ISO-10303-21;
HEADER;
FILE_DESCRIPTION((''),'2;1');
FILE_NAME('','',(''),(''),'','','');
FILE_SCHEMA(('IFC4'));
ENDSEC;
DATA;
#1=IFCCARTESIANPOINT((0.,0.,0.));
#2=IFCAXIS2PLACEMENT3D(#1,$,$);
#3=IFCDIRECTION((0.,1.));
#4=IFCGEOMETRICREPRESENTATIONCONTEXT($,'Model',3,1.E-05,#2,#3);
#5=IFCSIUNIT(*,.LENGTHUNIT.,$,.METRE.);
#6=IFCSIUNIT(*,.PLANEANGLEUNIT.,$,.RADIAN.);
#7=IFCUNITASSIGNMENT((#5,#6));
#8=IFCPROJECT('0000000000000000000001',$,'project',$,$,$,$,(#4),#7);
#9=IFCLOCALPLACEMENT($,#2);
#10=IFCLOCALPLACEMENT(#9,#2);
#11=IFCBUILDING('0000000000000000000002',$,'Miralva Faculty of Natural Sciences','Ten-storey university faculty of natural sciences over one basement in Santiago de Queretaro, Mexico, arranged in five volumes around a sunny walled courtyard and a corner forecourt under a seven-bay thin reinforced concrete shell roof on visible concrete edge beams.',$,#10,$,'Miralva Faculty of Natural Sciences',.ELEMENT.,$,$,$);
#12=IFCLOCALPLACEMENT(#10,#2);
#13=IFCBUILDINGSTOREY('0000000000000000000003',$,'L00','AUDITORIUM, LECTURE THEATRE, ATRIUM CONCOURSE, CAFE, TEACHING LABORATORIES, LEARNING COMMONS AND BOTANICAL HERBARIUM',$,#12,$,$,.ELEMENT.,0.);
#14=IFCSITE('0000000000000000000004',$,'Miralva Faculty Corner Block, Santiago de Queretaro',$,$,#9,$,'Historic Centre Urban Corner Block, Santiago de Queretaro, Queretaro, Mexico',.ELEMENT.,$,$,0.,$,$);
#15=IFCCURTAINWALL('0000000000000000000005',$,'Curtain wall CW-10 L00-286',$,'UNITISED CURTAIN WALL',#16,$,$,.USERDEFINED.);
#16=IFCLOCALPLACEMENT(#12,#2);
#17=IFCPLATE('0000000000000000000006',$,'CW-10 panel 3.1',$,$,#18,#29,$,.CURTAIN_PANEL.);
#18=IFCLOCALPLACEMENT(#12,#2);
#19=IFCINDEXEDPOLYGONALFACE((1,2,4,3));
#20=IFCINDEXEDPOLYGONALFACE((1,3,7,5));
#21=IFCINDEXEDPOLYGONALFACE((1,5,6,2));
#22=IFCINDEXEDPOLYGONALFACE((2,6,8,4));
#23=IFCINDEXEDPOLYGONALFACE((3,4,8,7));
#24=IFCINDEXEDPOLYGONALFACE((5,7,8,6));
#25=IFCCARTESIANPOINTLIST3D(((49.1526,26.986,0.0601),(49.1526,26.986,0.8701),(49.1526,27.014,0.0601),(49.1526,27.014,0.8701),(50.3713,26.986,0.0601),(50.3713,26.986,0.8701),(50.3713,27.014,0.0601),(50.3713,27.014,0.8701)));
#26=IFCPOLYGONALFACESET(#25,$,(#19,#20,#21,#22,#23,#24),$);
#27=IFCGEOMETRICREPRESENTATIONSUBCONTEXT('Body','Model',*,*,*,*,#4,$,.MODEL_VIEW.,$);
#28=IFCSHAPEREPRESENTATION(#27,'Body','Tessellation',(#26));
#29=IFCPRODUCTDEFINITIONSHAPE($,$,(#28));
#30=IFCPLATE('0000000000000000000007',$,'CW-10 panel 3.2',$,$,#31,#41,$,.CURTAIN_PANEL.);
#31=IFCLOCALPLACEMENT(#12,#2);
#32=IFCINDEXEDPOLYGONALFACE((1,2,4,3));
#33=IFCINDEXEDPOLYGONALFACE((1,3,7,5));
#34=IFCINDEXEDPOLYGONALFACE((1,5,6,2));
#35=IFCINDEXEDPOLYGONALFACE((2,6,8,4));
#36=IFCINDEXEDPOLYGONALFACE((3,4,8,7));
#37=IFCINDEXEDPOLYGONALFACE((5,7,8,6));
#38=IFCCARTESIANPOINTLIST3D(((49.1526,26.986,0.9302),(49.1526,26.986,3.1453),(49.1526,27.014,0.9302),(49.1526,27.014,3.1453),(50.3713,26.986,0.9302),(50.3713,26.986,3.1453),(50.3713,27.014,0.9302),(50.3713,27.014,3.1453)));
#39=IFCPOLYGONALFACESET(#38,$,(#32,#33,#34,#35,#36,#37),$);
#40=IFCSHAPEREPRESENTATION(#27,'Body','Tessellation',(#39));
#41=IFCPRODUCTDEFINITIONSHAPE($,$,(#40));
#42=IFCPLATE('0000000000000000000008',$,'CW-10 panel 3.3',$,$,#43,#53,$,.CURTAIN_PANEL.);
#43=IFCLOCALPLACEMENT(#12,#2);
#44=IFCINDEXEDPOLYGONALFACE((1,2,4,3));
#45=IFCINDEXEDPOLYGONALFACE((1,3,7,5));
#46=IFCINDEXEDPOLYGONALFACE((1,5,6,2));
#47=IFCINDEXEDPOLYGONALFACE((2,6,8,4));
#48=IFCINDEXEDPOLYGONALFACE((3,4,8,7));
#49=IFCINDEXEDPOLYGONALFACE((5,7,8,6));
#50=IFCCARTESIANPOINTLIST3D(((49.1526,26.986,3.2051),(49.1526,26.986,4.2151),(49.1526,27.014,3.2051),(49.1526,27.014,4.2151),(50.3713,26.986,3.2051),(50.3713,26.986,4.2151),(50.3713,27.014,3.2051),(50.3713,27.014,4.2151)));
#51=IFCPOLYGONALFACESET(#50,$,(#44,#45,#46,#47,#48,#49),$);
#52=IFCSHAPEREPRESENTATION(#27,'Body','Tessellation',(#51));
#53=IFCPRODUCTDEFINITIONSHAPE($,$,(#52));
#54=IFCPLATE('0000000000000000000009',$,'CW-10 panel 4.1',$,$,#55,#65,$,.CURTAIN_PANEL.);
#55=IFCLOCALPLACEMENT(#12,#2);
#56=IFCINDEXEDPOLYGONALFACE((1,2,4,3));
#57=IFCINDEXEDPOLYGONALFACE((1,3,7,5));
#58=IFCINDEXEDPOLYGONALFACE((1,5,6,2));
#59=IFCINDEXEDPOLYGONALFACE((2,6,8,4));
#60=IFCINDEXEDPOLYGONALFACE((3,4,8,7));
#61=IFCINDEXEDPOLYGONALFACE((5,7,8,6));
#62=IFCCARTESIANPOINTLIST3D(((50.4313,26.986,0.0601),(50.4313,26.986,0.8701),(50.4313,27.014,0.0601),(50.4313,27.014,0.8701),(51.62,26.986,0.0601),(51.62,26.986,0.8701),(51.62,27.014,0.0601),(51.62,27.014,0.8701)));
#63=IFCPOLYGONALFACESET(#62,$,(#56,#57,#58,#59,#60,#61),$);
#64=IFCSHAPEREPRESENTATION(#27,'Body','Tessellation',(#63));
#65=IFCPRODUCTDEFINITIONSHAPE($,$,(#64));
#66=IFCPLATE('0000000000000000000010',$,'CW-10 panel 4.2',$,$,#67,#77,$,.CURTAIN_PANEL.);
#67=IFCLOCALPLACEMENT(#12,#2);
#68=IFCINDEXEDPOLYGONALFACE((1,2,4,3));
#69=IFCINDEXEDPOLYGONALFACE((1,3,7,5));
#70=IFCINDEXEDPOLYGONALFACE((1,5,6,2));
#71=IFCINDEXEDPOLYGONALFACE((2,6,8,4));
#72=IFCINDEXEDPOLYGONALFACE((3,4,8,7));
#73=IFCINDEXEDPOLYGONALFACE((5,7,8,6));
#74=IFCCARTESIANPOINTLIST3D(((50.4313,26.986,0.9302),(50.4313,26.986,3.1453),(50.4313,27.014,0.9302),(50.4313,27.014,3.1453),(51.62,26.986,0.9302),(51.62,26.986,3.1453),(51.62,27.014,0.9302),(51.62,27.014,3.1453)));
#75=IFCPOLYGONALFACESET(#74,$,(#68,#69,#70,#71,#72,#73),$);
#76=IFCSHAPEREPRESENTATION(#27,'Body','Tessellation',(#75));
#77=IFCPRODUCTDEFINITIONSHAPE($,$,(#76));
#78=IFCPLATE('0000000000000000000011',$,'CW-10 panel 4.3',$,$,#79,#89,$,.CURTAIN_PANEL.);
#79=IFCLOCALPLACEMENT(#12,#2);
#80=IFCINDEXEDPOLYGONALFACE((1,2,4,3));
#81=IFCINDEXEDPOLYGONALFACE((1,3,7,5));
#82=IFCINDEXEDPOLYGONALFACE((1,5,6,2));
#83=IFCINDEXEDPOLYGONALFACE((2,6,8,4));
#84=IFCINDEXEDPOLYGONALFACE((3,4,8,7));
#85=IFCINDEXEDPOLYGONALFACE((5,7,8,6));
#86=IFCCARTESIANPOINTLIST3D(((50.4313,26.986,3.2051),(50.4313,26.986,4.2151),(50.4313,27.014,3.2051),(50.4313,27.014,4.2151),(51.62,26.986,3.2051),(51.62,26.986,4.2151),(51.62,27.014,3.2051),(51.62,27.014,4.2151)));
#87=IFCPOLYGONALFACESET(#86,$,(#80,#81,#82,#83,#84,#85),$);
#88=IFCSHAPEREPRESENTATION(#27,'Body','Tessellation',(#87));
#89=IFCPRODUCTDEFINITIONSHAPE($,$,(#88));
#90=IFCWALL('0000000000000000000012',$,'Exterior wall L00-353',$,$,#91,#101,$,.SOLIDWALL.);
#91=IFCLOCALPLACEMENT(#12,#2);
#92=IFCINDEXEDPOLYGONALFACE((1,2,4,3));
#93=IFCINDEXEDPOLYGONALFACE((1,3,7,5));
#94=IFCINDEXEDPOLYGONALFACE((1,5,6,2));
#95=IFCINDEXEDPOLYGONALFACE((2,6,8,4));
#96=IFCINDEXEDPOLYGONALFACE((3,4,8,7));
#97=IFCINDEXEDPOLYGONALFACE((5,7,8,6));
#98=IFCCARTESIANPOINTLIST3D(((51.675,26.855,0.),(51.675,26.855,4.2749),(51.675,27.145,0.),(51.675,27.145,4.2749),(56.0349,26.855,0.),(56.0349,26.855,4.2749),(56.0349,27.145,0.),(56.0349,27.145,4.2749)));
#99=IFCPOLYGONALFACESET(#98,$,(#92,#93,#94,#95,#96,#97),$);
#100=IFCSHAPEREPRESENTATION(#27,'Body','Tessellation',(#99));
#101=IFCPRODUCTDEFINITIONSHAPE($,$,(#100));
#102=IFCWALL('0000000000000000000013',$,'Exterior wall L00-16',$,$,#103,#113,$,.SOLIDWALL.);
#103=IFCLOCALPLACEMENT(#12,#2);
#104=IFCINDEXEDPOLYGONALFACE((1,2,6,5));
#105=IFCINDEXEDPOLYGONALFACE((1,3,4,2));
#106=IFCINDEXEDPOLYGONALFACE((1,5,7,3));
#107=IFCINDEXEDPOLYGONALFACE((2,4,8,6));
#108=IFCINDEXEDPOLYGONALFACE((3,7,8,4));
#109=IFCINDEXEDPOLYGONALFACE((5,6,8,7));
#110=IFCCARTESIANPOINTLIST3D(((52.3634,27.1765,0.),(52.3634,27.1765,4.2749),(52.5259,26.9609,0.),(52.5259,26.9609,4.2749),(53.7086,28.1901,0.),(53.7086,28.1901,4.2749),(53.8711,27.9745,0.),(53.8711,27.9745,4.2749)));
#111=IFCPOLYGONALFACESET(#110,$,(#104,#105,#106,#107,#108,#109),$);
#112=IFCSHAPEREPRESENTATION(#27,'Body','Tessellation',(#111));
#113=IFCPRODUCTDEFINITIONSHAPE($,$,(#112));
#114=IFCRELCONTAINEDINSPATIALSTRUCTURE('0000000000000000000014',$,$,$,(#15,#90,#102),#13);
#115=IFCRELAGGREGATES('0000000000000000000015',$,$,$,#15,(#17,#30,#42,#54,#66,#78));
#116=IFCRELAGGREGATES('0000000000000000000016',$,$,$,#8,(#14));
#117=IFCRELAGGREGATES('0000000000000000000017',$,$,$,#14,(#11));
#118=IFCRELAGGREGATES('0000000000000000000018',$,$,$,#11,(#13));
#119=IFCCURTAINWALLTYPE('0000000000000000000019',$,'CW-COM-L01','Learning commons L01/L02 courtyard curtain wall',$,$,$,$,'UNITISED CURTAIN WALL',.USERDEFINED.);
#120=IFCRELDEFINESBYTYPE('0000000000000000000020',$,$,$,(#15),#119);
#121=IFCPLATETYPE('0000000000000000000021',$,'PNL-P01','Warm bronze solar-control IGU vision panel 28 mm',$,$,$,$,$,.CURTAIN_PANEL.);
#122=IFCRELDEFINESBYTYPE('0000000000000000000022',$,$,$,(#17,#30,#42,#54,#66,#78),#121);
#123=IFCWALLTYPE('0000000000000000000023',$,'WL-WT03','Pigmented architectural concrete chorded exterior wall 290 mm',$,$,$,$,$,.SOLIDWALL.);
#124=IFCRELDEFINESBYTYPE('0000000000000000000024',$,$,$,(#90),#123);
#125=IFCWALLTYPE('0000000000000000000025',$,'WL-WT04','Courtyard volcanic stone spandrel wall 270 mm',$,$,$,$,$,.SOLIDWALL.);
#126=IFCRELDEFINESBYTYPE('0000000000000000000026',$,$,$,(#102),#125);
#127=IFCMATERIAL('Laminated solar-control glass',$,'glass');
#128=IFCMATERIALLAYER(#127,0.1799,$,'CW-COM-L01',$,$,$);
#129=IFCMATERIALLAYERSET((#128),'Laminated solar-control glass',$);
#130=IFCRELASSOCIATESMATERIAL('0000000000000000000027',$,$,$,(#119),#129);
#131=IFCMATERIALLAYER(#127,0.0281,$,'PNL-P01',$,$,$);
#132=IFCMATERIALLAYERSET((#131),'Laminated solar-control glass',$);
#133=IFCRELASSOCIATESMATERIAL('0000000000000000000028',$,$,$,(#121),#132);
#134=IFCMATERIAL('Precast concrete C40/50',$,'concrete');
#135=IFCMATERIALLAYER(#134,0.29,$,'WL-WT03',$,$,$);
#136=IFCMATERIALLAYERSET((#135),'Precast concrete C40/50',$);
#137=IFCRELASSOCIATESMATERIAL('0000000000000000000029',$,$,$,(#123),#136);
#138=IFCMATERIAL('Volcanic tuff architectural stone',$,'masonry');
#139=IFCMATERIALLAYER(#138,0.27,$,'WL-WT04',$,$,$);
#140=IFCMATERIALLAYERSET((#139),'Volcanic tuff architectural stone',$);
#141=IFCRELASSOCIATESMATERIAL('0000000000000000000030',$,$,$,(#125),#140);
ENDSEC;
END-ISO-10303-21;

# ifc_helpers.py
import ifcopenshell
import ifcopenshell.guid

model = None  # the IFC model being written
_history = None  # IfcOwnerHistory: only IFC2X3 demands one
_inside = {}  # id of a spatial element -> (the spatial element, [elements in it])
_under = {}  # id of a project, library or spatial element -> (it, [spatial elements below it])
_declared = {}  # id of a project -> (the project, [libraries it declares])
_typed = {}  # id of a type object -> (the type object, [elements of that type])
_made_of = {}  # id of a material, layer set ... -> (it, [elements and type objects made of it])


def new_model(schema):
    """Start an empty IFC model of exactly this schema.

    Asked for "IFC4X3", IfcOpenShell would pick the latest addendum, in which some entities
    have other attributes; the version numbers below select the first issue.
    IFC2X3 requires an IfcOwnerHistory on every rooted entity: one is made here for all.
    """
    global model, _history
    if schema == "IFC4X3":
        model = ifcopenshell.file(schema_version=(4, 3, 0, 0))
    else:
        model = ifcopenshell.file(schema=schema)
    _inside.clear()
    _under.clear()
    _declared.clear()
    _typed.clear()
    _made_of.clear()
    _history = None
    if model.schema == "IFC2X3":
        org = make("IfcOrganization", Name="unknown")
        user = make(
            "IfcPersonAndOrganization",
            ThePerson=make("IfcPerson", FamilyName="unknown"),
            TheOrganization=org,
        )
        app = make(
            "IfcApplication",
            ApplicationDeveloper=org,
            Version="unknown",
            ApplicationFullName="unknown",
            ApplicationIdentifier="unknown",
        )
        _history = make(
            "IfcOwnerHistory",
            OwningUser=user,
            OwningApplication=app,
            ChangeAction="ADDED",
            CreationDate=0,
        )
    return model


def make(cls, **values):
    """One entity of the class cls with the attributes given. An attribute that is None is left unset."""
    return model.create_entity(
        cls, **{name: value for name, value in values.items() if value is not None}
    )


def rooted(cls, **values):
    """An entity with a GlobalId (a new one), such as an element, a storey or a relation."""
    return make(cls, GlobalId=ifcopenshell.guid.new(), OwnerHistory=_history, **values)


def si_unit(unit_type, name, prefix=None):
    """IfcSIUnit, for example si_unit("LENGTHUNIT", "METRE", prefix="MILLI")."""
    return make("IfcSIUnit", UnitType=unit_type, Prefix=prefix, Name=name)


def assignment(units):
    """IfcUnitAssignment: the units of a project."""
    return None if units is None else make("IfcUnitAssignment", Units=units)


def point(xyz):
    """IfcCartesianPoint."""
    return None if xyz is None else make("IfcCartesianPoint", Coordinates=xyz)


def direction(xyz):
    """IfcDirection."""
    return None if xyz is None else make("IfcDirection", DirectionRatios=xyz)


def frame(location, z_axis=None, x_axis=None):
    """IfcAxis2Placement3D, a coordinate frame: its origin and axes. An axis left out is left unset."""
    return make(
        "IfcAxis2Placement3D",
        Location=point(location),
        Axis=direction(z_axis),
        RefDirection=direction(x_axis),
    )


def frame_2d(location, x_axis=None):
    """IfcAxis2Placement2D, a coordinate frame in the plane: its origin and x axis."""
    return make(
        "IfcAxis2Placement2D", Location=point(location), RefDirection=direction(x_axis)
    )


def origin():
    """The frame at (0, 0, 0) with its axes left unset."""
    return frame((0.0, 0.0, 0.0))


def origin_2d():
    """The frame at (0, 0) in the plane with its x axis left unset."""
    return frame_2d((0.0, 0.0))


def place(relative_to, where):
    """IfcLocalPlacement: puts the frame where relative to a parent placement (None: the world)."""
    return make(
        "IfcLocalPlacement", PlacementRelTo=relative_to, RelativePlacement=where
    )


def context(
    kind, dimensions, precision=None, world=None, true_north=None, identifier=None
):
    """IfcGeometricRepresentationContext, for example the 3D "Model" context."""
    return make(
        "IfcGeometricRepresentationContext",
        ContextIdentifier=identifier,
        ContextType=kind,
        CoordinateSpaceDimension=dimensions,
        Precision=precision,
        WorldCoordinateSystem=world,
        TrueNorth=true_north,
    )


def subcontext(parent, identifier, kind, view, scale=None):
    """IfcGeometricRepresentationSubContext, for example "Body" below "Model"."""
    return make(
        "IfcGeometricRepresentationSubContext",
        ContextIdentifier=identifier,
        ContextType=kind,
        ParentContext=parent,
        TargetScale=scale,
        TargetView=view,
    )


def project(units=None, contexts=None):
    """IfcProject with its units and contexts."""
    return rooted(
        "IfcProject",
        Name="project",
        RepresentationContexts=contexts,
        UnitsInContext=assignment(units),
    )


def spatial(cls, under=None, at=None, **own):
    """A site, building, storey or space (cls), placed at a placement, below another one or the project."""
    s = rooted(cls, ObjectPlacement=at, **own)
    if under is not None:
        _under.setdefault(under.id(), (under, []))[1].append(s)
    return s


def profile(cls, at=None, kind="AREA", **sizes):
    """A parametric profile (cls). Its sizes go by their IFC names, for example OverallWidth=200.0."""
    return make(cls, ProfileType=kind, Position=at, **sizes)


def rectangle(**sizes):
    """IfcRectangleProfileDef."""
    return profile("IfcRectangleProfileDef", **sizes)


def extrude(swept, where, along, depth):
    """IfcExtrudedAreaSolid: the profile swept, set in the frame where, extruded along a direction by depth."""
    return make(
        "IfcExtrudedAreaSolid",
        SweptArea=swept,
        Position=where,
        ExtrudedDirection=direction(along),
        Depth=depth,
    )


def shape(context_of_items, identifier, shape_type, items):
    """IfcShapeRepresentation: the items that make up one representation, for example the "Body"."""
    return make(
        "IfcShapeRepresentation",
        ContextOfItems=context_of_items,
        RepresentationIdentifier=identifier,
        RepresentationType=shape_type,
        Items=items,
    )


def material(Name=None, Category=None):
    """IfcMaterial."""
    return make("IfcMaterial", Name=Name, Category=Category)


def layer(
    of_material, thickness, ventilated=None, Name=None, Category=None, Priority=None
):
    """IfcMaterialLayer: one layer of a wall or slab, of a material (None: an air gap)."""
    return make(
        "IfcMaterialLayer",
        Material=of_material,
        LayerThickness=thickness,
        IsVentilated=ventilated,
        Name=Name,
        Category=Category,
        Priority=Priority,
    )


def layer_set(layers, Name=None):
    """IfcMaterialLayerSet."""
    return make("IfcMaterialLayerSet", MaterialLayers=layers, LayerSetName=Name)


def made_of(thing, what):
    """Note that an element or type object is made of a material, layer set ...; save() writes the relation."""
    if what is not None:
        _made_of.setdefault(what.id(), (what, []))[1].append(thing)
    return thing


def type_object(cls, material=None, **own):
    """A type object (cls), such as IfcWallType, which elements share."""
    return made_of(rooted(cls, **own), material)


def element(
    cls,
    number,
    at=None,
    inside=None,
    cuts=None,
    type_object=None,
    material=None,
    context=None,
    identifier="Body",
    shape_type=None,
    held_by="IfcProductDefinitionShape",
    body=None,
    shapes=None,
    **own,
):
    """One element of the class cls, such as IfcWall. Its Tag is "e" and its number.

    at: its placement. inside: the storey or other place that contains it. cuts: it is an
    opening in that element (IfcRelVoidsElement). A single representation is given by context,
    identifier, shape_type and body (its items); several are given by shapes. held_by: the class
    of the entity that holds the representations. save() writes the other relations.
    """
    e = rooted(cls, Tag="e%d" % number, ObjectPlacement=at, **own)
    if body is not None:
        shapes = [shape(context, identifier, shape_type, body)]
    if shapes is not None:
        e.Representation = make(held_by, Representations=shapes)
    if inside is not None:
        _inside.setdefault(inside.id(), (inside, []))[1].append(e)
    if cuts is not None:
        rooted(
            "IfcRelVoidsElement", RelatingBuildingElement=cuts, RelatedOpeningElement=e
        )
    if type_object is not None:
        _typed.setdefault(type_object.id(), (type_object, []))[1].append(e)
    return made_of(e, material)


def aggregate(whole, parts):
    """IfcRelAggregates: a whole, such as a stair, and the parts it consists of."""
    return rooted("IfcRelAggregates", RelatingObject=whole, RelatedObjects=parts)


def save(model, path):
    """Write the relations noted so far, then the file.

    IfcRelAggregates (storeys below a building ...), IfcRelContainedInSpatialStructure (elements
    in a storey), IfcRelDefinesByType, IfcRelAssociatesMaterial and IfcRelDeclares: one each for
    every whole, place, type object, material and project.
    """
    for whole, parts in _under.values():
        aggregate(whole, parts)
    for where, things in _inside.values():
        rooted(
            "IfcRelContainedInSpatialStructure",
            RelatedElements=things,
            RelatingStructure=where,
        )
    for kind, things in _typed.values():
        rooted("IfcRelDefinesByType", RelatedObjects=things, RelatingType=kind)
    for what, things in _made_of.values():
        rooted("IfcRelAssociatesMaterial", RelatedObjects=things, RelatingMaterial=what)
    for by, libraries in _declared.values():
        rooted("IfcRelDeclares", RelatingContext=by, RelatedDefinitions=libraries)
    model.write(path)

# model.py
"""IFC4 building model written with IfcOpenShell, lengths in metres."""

from ifc_helpers import new_model, si_unit, direction, frame, frame_2d, origin, origin_2d, place, context, subcontext, project, spatial, rectangle, extrude, material, layer, layer_set, type_object, element, aggregate, save


model = new_model("IFC4")

# Units and contexts
model_context = context("Model", 3, precision=1e-05, world=origin(), true_north=direction((0.0, 1.0)))
body_context = subcontext(model_context, "Body", "Model", "MODEL_VIEW")
ifc_project = project(units=[si_unit("LENGTHUNIT", "METRE"), si_unit("PLANEANGLEUNIT", "RADIAN")], contexts=[model_context])

# Site, building, storey
site_placement = place(None, origin())
site = spatial("IfcSite", under=ifc_project, at=site_placement, Name="Miralva Faculty Corner Block, Santiago de Queretaro", LongName="Historic Centre Urban Corner Block, Santiago de Queretaro, Queretaro, Mexico", CompositionType="ELEMENT", RefElevation=0.0)
building_placement = place(site_placement, origin())
building = spatial("IfcBuilding", under=site, at=building_placement, Name="Miralva Faculty of Natural Sciences", Description="Ten-storey university faculty of natural sciences over one basement in Santiago de Queretaro, Mexico, arranged in five volumes around a sunny walled courtyard and a corner forecourt under a seven-bay thin reinforced concrete shell roof on visible concrete edge beams.", LongName="Miralva Faculty of Natural Sciences", CompositionType="ELEMENT")
storey_placement = place(building_placement, origin())
storey = spatial("IfcBuildingStorey", under=building, at=storey_placement, Name="L00", Description="AUDITORIUM, LECTURE THEATRE, ATRIUM CONCOURSE, CAFE, TEACHING LABORATORIES, LEARNING COMMONS AND BOTANICAL HERBARIUM", CompositionType="ELEMENT", Elevation=0.0)

# Shared definitions
ifc_material_1 = material(Name="Laminated solar-control glass", Category="glass")

# Curtain wall, plates
ifc_layer_1 = layer(ifc_material_1, 0.1799, Name="CW-COM-L01")
ifc_layer_set_1 = layer_set([ifc_layer_1], Name="Laminated solar-control glass")
curtain_wall_type_1 = type_object("IfcCurtainWallType", Name="CW-COM-L01", Description="Learning commons L01/L02 courtyard curtain wall", ElementType="UNITISED CURTAIN WALL", PredefinedType="USERDEFINED", material=ifc_layer_set_1)
curtain_wall_1_placement = place(storey_placement, origin())
curtain_wall_1 = element("IfcCurtainWall", 1, at=curtain_wall_1_placement, inside=storey, type_object=curtain_wall_type_1, Name="Curtain wall CW-10 L00-286", ObjectType="UNITISED CURTAIN WALL", PredefinedType="USERDEFINED")
ifc_layer_2 = layer(ifc_material_1, 0.0281, Name="PNL-P01")
ifc_layer_set_2 = layer_set([ifc_layer_2], Name="Laminated solar-control glass")
plate_type = type_object("IfcPlateType", Name="PNL-P01", Description="Warm bronze solar-control IGU vision panel 28 mm", PredefinedType="CURTAIN_PANEL", material=ifc_layer_set_2)
plate_1_placement = place(storey_placement, frame((49.762, 27.0, 0.0601), z_axis=(0.0, 0.0, 1.0), x_axis=(1.0, 0.0, 0.0)))
plate_1 = element("IfcPlate", 2, at=plate_1_placement, type_object=plate_type, Name="CW-10 panel 3.1", PredefinedType="CURTAIN_PANEL", context=body_context, shape_type="SweptSolid", body=[
    extrude(rectangle(XDim=1.2188, YDim=0.0281, at=origin_2d()), origin(), (0.0, 0.0, 1.0), 0.8101),
])
plate_2_placement = place(storey_placement, frame((49.762, 27.0, 0.9302), z_axis=(0.0, 0.0, 1.0), x_axis=(1.0, 0.0, 0.0)))
plate_2 = element("IfcPlate", 3, at=plate_2_placement, type_object=plate_type, Name="CW-10 panel 3.2", PredefinedType="CURTAIN_PANEL", context=body_context, shape_type="SweptSolid", body=[
    extrude(rectangle(XDim=1.2188, YDim=0.0281, at=origin_2d()), origin(), (0.0, 0.0, 1.0), 2.2151),
])
plate_3_placement = place(storey_placement, frame((49.762, 27.0, 3.2051), z_axis=(0.0, 0.0, 1.0), x_axis=(1.0, 0.0, 0.0)))
plate_3 = element("IfcPlate", 4, at=plate_3_placement, type_object=plate_type, Name="CW-10 panel 3.3", PredefinedType="CURTAIN_PANEL", context=body_context, shape_type="SweptSolid", body=[
    extrude(rectangle(XDim=1.2188, YDim=0.0281, at=origin_2d()), origin(), (0.0, 0.0, 1.0), 1.01),
])
plate_4_placement = place(storey_placement, frame((51.0256, 27.0, 0.0601), z_axis=(0.0, 0.0, 1.0), x_axis=(1.0, 0.0, 0.0)))
plate_4 = element("IfcPlate", 5, at=plate_4_placement, type_object=plate_type, Name="CW-10 panel 4.1", PredefinedType="CURTAIN_PANEL", context=body_context, shape_type="SweptSolid", body=[
    extrude(rectangle(XDim=1.1887, YDim=0.0281, at=origin_2d()), origin(), (0.0, 0.0, 1.0), 0.8101),
])
plate_5_placement = place(storey_placement, frame((51.0256, 27.0, 0.9302), z_axis=(0.0, 0.0, 1.0), x_axis=(1.0, 0.0, 0.0)))
plate_5 = element("IfcPlate", 6, at=plate_5_placement, type_object=plate_type, Name="CW-10 panel 4.2", PredefinedType="CURTAIN_PANEL", context=body_context, shape_type="SweptSolid", body=[
    extrude(rectangle(XDim=1.1887, YDim=0.0281, at=origin_2d()), origin(), (0.0, 0.0, 1.0), 2.2151),
])
plate_6_placement = place(storey_placement, frame((51.0256, 27.0, 3.2051), z_axis=(0.0, 0.0, 1.0), x_axis=(1.0, 0.0, 0.0)))
plate_6 = element("IfcPlate", 7, at=plate_6_placement, type_object=plate_type, Name="CW-10 panel 4.3", PredefinedType="CURTAIN_PANEL", context=body_context, shape_type="SweptSolid", body=[
    extrude(rectangle(XDim=1.1887, YDim=0.0281, at=origin_2d()), origin(), (0.0, 0.0, 1.0), 1.01),
])
aggregate(curtain_wall_1, [plate_1, plate_2, plate_3, plate_4, plate_5, plate_6])

# Walls
ifc_material_2 = material(Name="Precast concrete C40/50", Category="concrete")
ifc_layer_3 = layer(ifc_material_2, 0.29, Name="WL-WT03")
ifc_layer_set_3 = layer_set([ifc_layer_3], Name="Precast concrete C40/50")
wall_type_1 = type_object("IfcWallType", Name="WL-WT03", Description="Pigmented architectural concrete chorded exterior wall 290 mm", PredefinedType="SOLIDWALL", material=ifc_layer_set_3)
wall_1_placement = place(storey_placement, frame((51.675, 27.0, 0.0), z_axis=(0.0, 0.0, 1.0), x_axis=(1.0, 0.0, 0.0)))
element("IfcWall", 8, at=wall_1_placement, inside=storey, type_object=wall_type_1, Name="Exterior wall L00-353", PredefinedType="SOLIDWALL", context=body_context, shape_type="SweptSolid", body=[
    extrude(rectangle(XDim=4.3599, YDim=0.29, at=frame_2d((2.1799, 0.0))), origin(), (0.0, 0.0, 1.0), 4.2749),
])
ifc_material_3 = material(Name="Volcanic tuff architectural stone", Category="masonry")
ifc_layer_4 = layer(ifc_material_3, 0.27, Name="WL-WT04")
ifc_layer_set_4 = layer_set([ifc_layer_4], Name="Volcanic tuff architectural stone")
wall_type_2 = type_object("IfcWallType", Name="WL-WT04", Description="Courtyard volcanic stone spandrel wall 270 mm", PredefinedType="SOLIDWALL", material=ifc_layer_set_4)
wall_2_placement = place(storey_placement, frame((52.4446, 27.0686, 0.0), z_axis=(0.0, 0.0, 1.0), x_axis=(0.798641, 0.601807, 0.0)))
element("IfcWall", 9, at=wall_2_placement, inside=storey, type_object=wall_type_2, Name="Exterior wall L00-16", PredefinedType="SOLIDWALL", context=body_context, shape_type="SweptSolid", body=[
    extrude(rectangle(XDim=1.6843, YDim=0.27, at=frame_2d((0.8423, 0.0))), origin(), (0.0, 0.0, 1.0), 4.2749),
])

save(model, "model.ifc")
